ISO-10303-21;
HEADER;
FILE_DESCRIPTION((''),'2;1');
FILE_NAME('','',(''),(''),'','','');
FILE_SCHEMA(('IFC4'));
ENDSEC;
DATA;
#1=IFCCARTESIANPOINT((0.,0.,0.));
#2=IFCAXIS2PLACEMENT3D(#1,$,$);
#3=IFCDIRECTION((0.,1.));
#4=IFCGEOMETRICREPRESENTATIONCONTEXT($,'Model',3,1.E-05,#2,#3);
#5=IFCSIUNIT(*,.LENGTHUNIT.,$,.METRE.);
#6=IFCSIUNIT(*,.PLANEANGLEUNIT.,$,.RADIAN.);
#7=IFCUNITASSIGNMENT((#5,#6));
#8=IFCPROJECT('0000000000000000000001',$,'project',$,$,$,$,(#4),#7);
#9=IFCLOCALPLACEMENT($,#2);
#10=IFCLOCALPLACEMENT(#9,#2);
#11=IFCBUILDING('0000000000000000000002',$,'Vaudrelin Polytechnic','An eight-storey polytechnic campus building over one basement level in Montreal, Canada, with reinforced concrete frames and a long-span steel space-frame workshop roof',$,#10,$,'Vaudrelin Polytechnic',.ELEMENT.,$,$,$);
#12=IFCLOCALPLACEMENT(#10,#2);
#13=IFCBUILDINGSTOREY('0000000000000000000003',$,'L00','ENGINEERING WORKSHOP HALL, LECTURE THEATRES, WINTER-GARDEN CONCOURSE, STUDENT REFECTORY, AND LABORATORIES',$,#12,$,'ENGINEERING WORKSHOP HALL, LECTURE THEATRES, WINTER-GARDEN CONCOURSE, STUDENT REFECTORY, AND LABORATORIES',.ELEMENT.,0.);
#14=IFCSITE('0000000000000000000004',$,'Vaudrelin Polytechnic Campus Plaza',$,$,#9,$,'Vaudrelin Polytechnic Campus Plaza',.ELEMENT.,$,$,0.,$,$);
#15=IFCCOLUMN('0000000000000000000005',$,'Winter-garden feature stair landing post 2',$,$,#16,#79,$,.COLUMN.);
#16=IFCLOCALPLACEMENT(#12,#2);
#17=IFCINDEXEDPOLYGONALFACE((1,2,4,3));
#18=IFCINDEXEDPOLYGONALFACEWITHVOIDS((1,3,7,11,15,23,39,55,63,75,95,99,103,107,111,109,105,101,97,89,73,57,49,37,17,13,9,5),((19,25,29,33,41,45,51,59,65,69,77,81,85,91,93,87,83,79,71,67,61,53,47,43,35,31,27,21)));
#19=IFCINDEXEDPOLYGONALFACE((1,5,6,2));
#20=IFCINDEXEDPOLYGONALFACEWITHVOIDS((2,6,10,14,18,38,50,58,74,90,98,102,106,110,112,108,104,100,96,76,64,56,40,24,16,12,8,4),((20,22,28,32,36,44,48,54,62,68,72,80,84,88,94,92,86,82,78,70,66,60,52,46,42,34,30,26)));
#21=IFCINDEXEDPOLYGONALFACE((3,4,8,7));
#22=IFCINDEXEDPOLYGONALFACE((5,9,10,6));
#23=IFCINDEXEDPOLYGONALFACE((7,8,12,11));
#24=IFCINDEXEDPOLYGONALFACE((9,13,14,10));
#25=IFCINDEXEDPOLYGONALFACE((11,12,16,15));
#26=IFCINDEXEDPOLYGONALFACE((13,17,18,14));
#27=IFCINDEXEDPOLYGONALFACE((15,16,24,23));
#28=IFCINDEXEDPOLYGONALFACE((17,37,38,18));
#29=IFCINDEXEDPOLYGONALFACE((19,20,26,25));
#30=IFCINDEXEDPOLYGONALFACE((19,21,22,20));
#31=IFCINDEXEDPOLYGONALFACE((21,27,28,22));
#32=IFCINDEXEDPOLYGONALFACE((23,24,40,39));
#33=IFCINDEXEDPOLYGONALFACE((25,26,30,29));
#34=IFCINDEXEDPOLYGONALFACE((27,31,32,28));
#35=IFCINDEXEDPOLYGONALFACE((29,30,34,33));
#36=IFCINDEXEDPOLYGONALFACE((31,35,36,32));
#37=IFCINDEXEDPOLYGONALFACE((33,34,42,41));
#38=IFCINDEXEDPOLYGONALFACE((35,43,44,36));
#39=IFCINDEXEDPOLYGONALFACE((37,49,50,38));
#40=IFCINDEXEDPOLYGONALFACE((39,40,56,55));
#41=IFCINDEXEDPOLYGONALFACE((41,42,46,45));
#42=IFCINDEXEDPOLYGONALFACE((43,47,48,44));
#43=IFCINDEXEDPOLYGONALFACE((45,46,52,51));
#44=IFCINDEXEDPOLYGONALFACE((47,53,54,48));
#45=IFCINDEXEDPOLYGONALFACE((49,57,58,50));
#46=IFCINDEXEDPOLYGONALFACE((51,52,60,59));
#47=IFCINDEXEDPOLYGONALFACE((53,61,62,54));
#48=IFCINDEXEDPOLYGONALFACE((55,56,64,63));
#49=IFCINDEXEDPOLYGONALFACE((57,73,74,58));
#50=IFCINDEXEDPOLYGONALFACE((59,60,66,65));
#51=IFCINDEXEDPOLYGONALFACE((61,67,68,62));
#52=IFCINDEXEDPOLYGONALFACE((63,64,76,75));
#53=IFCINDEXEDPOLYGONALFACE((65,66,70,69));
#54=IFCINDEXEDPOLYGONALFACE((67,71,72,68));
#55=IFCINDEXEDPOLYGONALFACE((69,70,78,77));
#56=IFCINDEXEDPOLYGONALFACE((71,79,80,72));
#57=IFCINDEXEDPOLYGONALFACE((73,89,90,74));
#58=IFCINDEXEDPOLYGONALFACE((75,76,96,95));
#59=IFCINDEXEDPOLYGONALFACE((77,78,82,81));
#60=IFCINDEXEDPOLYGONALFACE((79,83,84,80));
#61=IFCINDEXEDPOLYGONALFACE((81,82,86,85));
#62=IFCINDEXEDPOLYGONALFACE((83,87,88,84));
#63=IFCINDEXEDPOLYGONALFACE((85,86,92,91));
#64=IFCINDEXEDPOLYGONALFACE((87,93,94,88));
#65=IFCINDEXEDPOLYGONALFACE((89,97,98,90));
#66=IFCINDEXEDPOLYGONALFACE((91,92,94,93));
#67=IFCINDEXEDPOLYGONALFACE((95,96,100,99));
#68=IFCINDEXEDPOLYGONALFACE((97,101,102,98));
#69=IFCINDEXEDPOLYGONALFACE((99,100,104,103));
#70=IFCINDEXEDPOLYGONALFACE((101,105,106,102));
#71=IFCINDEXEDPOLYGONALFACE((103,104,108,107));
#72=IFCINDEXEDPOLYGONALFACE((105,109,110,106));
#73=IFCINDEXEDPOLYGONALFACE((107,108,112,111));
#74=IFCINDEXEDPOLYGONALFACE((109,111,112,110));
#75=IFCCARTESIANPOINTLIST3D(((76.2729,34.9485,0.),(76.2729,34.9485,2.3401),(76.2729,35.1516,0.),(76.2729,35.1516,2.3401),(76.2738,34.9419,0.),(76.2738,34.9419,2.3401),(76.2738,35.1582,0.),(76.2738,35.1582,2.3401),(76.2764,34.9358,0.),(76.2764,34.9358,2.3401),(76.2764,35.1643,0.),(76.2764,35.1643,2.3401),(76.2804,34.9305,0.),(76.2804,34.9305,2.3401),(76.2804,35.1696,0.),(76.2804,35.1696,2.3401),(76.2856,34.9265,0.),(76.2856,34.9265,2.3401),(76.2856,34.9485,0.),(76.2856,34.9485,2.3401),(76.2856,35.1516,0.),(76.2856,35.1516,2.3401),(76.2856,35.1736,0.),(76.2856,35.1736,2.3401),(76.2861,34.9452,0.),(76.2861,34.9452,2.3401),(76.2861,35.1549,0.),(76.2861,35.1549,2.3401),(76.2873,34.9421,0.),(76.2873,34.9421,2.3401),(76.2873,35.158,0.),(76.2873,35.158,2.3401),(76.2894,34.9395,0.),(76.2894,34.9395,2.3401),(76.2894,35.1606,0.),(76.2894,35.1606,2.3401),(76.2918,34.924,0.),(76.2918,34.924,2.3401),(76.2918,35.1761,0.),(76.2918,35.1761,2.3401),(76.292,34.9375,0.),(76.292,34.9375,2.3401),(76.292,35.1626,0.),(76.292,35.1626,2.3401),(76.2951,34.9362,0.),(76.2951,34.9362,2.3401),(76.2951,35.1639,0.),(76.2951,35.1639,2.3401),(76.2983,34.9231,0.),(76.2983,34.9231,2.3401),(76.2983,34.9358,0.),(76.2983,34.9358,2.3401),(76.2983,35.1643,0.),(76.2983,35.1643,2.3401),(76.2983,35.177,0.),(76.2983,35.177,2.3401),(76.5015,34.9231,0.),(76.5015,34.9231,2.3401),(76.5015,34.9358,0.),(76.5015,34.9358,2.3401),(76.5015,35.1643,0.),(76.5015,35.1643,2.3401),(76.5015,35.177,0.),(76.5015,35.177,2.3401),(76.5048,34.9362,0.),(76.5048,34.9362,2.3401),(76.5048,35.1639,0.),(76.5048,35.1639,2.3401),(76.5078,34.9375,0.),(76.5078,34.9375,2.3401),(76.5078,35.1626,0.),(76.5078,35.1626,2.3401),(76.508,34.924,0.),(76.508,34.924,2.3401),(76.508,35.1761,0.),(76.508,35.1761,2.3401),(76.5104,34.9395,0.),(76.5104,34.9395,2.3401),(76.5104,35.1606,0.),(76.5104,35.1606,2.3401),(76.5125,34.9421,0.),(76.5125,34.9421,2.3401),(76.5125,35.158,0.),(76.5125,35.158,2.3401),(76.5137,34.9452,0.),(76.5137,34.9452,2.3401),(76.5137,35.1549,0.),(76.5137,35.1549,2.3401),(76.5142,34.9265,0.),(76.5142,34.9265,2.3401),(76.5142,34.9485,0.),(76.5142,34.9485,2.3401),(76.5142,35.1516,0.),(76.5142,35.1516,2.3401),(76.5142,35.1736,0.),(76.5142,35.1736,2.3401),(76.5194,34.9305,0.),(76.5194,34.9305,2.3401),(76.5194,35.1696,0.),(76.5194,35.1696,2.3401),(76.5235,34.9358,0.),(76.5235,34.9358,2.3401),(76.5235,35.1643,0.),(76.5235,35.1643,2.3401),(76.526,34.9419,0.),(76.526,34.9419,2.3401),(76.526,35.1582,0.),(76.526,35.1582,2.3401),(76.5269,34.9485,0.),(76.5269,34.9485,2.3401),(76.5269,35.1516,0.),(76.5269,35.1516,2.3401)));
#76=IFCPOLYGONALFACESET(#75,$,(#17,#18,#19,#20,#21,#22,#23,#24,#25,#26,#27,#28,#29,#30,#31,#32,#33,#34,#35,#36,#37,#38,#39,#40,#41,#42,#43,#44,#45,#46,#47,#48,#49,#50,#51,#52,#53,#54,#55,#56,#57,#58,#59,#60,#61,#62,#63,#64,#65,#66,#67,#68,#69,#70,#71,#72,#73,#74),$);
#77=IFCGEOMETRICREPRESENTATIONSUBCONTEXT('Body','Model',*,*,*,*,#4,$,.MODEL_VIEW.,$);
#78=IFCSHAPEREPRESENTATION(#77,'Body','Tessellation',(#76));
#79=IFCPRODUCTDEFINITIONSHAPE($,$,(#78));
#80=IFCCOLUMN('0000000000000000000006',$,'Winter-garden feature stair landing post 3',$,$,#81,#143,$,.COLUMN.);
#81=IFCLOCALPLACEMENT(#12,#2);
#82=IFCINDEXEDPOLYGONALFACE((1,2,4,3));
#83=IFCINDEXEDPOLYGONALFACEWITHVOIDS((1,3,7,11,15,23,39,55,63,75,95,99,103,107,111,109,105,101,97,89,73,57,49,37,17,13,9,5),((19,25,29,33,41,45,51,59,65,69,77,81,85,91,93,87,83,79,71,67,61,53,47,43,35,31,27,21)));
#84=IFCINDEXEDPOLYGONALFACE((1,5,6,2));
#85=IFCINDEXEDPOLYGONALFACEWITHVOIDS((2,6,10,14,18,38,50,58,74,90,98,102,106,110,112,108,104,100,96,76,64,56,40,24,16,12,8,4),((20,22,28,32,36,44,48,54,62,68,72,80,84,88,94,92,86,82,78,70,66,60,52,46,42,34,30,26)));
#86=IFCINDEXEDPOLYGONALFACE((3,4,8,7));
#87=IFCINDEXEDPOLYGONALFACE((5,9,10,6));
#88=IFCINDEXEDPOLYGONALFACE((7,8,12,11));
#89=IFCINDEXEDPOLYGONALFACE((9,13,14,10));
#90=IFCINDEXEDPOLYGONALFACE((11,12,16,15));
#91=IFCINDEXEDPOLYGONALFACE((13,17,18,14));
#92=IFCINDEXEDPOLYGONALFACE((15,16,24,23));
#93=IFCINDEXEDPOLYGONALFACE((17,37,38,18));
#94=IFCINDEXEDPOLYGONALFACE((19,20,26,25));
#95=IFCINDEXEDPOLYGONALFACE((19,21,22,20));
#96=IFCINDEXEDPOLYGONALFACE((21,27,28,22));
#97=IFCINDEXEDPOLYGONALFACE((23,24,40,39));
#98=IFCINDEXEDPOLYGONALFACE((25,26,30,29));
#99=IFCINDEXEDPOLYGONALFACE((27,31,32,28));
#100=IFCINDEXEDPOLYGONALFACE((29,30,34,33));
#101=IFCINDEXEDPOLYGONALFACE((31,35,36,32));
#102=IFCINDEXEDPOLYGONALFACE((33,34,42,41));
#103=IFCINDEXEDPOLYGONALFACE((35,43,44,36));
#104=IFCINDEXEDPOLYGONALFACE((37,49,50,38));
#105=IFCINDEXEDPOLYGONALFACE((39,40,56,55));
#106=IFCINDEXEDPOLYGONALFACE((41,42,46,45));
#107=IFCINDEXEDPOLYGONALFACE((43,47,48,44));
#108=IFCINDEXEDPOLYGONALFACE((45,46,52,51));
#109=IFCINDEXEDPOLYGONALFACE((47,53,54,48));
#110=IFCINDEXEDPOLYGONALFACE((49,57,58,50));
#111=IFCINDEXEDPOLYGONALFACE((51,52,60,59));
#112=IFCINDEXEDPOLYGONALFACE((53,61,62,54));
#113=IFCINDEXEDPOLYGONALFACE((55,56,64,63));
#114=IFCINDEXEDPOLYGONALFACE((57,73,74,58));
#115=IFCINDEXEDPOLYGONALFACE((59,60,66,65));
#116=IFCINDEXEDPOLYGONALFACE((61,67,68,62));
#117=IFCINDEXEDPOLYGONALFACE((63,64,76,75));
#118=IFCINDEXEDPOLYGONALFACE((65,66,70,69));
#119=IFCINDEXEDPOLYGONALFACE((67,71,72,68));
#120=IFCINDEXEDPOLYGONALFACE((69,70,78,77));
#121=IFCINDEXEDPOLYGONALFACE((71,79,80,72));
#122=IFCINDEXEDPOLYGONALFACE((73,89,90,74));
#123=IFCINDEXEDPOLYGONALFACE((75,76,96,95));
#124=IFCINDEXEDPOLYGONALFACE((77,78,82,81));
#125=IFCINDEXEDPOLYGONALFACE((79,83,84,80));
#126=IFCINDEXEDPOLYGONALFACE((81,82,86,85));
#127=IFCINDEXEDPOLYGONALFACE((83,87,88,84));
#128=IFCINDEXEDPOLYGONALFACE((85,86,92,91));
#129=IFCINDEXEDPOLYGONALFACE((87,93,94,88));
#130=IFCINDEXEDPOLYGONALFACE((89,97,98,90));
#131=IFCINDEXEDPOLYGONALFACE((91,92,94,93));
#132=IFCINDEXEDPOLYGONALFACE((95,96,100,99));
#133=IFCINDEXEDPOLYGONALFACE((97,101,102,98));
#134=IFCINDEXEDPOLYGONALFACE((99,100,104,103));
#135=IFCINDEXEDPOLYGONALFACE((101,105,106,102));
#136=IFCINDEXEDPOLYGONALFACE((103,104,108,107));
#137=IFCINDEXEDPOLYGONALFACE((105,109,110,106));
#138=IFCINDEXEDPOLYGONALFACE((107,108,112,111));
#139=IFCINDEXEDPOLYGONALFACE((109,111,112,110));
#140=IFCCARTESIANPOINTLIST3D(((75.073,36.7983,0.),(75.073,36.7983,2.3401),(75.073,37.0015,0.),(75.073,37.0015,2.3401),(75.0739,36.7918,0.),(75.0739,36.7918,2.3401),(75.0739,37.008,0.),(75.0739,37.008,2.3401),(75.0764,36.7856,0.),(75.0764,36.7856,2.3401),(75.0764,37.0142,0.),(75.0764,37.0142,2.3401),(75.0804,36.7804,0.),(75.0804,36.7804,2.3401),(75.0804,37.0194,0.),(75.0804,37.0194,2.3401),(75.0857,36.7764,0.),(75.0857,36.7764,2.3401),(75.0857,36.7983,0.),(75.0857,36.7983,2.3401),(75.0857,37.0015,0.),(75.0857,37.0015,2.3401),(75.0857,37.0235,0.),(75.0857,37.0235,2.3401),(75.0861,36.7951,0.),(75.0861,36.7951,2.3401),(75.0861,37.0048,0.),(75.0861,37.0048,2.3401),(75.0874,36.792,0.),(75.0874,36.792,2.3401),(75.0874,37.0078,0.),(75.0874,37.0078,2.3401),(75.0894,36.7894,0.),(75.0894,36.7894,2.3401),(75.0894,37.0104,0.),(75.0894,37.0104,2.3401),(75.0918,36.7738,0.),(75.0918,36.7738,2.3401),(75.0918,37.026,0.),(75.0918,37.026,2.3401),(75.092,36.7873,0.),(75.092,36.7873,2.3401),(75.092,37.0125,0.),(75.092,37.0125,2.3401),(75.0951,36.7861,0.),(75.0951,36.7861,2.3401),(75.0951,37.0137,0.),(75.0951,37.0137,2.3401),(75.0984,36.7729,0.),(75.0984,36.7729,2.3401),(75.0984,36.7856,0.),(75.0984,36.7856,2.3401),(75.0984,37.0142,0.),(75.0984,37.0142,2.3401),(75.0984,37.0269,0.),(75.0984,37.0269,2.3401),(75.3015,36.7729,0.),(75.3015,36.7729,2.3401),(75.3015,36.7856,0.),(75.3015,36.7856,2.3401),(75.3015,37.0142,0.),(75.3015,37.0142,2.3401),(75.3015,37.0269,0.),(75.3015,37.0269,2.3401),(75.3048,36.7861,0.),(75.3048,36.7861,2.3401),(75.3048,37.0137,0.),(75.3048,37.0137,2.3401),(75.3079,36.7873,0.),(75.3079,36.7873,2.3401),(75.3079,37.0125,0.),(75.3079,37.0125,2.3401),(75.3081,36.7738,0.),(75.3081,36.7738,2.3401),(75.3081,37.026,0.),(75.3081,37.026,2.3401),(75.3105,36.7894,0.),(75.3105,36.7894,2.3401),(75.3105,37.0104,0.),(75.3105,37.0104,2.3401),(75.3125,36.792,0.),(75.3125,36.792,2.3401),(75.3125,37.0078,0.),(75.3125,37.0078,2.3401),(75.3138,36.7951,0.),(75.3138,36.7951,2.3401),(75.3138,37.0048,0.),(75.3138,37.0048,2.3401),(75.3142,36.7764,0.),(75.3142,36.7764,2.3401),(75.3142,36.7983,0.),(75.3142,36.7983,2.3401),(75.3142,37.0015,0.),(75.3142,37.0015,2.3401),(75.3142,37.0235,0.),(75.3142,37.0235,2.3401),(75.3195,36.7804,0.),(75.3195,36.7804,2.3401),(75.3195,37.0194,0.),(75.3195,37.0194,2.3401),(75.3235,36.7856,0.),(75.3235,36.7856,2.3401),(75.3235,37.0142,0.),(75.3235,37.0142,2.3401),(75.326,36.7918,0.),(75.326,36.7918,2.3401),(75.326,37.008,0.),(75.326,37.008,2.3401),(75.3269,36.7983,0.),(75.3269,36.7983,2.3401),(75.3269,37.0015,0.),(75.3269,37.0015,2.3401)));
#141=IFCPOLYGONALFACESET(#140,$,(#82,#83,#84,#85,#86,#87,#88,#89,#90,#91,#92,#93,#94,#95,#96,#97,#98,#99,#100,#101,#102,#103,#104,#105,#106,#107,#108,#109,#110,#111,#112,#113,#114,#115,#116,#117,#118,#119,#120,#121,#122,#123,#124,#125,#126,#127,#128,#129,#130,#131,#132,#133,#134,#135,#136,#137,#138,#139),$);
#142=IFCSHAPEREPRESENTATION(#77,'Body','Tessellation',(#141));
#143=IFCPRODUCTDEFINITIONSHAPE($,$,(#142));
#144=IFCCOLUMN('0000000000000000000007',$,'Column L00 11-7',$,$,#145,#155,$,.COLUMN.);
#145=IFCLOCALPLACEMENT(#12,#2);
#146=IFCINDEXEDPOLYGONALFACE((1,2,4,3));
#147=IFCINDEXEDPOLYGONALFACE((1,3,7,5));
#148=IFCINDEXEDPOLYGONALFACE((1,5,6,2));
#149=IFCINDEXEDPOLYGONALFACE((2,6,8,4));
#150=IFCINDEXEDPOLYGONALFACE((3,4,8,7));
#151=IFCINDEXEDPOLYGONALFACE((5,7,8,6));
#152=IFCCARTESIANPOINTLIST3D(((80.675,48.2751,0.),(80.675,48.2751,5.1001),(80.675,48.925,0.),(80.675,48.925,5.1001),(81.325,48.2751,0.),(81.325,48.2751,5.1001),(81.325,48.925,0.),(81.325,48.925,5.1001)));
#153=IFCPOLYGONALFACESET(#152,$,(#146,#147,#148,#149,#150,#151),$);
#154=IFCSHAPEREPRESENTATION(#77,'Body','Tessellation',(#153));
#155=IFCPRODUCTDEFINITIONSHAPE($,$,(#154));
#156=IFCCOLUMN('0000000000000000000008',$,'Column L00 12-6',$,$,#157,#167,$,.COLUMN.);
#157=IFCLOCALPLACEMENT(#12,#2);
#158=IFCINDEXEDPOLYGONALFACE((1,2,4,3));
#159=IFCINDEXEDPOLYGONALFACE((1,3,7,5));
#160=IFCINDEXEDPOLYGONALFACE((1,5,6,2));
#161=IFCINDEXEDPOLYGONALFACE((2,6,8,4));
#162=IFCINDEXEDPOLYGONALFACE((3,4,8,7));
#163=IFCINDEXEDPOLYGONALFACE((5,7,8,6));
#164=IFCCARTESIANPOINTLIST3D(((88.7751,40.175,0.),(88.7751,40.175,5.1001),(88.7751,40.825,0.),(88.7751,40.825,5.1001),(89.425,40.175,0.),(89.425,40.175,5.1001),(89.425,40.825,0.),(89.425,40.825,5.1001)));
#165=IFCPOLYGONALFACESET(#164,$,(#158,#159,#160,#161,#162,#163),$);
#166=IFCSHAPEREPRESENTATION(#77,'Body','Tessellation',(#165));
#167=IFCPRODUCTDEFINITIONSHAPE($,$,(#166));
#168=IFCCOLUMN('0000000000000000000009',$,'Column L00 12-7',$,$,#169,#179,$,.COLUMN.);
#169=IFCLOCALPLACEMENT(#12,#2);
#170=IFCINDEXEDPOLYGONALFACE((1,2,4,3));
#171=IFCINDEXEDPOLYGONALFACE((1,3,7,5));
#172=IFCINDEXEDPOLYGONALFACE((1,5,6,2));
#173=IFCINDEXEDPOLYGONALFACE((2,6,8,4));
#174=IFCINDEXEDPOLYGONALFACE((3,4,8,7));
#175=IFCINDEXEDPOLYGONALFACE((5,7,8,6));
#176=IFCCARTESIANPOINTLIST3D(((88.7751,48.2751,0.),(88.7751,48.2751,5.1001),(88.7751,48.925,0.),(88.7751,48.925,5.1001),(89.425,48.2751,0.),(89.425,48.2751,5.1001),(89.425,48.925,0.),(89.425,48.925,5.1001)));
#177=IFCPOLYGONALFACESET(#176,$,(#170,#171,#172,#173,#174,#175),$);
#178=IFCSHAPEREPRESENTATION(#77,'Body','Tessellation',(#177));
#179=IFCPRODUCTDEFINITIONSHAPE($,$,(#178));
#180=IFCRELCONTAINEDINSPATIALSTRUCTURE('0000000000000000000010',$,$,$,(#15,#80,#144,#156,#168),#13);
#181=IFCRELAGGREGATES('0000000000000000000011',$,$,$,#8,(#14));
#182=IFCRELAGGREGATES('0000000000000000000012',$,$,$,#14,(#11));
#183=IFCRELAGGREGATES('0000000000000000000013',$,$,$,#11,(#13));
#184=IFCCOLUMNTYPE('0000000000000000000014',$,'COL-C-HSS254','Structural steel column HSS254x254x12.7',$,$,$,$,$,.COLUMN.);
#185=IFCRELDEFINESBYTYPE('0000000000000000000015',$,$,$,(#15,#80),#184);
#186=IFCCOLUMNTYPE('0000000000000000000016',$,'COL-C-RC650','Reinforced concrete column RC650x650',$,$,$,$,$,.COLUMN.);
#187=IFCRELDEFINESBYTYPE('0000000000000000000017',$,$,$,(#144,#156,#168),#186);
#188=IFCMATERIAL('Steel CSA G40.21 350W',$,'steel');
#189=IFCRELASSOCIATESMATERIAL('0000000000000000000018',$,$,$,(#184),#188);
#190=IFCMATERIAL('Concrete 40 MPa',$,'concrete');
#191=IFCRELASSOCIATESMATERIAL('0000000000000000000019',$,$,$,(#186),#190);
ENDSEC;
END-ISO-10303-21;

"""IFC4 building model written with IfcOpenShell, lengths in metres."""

from ifc_helpers import new_model, si_unit, direction, frame, origin, origin_2d, place, context, subcontext, project, spatial, rectangle, hollow_rectangle, extrude, material, material_profile, profile_set, type_object, element, save


model = new_model("IFC4")

# Units and contexts
model_context = context("Model", 3, precision=1e-05, world=origin(), true_north=direction((0.0, 1.0)))
body_context = subcontext(model_context, "Body", "Model", "MODEL_VIEW")
ifc_project = project(units=[si_unit("LENGTHUNIT", "METRE"), si_unit("PLANEANGLEUNIT", "RADIAN")], contexts=[model_context])

# Site, building, storey
site_placement = place(None, origin())
site = spatial("IfcSite", under=ifc_project, at=site_placement, Name="Vaudrelin Polytechnic Campus Plaza", LongName="Vaudrelin Polytechnic Campus Plaza", CompositionType="ELEMENT", RefElevation=0.0)
building_placement = place(site_placement, origin())
building = spatial("IfcBuilding", under=site, at=building_placement, Name="Vaudrelin Polytechnic", Description="An eight-storey polytechnic campus building over one basement level in Montreal, Canada, with reinforced concrete frames and a long-span steel space-frame workshop roof", LongName="Vaudrelin Polytechnic", CompositionType="ELEMENT")
storey_placement = place(building_placement, origin())
storey = spatial("IfcBuildingStorey", under=building, at=storey_placement, Name="L00", Description="ENGINEERING WORKSHOP HALL, LECTURE THEATRES, WINTER-GARDEN CONCOURSE, STUDENT REFECTORY, AND LABORATORIES", LongName="ENGINEERING WORKSHOP HALL, LECTURE THEATRES, WINTER-GARDEN CONCOURSE, STUDENT REFECTORY, AND LABORATORIES", CompositionType="ELEMENT", Elevation=0.0)

# Columns
ifc_material_1 = material(Name="Steel CSA G40.21 350W", Category="steel")
ifc_material_profile_1 = material_profile(ifc_material_1, hollow_rectangle(XDim=0.2539, YDim=0.2539, WallThickness=0.0127, InnerFilletRadius=0.0127, OuterFilletRadius=0.0254, at=origin_2d()), Name="HSS254x254x12.7")
ifc_profile_set_1 = profile_set([ifc_material_profile_1], Name="Steel CSA G40.21 350W")
column_type_1 = type_object("IfcColumnType", Name="COL-C-HSS254", Description="Structural steel column HSS254x254x12.7", PredefinedType="COLUMN", material=ifc_profile_set_1)
for number, where, z_axis, x_axis, name in (
    (1, (76.3999, 35.05, 0.0), (0.0, 0.0, 1.0), (1.0, 0.0, 0.0), "Winter-garden feature stair landing post 2"),
    (2, (75.2, 36.8999, 0.0), (0.0, 0.0, 1.0), (1.0, 0.0, 0.0), "Winter-garden feature stair landing post 3"),
):
    element("IfcColumn", number, at=place(storey_placement, frame(where, z_axis=z_axis, x_axis=x_axis)), inside=storey, type_object=column_type_1, Name=name, PredefinedType="COLUMN", context=body_context, shape_type="SweptSolid", body=[
        extrude(hollow_rectangle(XDim=0.2539, YDim=0.2539, WallThickness=0.0127, InnerFilletRadius=0.0127, OuterFilletRadius=0.0254, at=origin_2d()), origin(), (0.0, 0.0, 1.0), 2.3401),
    ])
ifc_material_2 = material(Name="Concrete 40 MPa", Category="concrete")
ifc_material_profile_2 = material_profile(ifc_material_2, rectangle(XDim=0.6499, YDim=0.6499, at=origin_2d()), Name="RC650x650")
ifc_profile_set_2 = profile_set([ifc_material_profile_2], Name="Concrete 40 MPa")
column_type_2 = type_object("IfcColumnType", Name="COL-C-RC650", Description="Reinforced concrete column RC650x650", PredefinedType="COLUMN", material=ifc_profile_set_2)
for number, where, z_axis, x_axis, name in (
    (3, (81.0, 48.6001, 0.0), (0.0, 0.0, 1.0), (1.0, 0.0, 0.0), "Column L00 11-7"),
    (4, (89.1001, 40.5, 0.0), (0.0, 0.0, 1.0), (1.0, 0.0, 0.0), "Column L00 12-6"),
    (5, (89.1001, 48.6001, 0.0), (0.0, 0.0, 1.0), (1.0, 0.0, 0.0), "Column L00 12-7"),
):
    element("IfcColumn", number, at=place(storey_placement, frame(where, z_axis=z_axis, x_axis=x_axis)), inside=storey, type_object=column_type_2, Name=name, PredefinedType="COLUMN", context=body_context, shape_type="SweptSolid", body=[
        extrude(rectangle(XDim=0.6499, YDim=0.6499, at=origin_2d()), origin(), (0.0, 0.0, 1.0), 5.1001),
    ])

save(model, "model.ifc")
